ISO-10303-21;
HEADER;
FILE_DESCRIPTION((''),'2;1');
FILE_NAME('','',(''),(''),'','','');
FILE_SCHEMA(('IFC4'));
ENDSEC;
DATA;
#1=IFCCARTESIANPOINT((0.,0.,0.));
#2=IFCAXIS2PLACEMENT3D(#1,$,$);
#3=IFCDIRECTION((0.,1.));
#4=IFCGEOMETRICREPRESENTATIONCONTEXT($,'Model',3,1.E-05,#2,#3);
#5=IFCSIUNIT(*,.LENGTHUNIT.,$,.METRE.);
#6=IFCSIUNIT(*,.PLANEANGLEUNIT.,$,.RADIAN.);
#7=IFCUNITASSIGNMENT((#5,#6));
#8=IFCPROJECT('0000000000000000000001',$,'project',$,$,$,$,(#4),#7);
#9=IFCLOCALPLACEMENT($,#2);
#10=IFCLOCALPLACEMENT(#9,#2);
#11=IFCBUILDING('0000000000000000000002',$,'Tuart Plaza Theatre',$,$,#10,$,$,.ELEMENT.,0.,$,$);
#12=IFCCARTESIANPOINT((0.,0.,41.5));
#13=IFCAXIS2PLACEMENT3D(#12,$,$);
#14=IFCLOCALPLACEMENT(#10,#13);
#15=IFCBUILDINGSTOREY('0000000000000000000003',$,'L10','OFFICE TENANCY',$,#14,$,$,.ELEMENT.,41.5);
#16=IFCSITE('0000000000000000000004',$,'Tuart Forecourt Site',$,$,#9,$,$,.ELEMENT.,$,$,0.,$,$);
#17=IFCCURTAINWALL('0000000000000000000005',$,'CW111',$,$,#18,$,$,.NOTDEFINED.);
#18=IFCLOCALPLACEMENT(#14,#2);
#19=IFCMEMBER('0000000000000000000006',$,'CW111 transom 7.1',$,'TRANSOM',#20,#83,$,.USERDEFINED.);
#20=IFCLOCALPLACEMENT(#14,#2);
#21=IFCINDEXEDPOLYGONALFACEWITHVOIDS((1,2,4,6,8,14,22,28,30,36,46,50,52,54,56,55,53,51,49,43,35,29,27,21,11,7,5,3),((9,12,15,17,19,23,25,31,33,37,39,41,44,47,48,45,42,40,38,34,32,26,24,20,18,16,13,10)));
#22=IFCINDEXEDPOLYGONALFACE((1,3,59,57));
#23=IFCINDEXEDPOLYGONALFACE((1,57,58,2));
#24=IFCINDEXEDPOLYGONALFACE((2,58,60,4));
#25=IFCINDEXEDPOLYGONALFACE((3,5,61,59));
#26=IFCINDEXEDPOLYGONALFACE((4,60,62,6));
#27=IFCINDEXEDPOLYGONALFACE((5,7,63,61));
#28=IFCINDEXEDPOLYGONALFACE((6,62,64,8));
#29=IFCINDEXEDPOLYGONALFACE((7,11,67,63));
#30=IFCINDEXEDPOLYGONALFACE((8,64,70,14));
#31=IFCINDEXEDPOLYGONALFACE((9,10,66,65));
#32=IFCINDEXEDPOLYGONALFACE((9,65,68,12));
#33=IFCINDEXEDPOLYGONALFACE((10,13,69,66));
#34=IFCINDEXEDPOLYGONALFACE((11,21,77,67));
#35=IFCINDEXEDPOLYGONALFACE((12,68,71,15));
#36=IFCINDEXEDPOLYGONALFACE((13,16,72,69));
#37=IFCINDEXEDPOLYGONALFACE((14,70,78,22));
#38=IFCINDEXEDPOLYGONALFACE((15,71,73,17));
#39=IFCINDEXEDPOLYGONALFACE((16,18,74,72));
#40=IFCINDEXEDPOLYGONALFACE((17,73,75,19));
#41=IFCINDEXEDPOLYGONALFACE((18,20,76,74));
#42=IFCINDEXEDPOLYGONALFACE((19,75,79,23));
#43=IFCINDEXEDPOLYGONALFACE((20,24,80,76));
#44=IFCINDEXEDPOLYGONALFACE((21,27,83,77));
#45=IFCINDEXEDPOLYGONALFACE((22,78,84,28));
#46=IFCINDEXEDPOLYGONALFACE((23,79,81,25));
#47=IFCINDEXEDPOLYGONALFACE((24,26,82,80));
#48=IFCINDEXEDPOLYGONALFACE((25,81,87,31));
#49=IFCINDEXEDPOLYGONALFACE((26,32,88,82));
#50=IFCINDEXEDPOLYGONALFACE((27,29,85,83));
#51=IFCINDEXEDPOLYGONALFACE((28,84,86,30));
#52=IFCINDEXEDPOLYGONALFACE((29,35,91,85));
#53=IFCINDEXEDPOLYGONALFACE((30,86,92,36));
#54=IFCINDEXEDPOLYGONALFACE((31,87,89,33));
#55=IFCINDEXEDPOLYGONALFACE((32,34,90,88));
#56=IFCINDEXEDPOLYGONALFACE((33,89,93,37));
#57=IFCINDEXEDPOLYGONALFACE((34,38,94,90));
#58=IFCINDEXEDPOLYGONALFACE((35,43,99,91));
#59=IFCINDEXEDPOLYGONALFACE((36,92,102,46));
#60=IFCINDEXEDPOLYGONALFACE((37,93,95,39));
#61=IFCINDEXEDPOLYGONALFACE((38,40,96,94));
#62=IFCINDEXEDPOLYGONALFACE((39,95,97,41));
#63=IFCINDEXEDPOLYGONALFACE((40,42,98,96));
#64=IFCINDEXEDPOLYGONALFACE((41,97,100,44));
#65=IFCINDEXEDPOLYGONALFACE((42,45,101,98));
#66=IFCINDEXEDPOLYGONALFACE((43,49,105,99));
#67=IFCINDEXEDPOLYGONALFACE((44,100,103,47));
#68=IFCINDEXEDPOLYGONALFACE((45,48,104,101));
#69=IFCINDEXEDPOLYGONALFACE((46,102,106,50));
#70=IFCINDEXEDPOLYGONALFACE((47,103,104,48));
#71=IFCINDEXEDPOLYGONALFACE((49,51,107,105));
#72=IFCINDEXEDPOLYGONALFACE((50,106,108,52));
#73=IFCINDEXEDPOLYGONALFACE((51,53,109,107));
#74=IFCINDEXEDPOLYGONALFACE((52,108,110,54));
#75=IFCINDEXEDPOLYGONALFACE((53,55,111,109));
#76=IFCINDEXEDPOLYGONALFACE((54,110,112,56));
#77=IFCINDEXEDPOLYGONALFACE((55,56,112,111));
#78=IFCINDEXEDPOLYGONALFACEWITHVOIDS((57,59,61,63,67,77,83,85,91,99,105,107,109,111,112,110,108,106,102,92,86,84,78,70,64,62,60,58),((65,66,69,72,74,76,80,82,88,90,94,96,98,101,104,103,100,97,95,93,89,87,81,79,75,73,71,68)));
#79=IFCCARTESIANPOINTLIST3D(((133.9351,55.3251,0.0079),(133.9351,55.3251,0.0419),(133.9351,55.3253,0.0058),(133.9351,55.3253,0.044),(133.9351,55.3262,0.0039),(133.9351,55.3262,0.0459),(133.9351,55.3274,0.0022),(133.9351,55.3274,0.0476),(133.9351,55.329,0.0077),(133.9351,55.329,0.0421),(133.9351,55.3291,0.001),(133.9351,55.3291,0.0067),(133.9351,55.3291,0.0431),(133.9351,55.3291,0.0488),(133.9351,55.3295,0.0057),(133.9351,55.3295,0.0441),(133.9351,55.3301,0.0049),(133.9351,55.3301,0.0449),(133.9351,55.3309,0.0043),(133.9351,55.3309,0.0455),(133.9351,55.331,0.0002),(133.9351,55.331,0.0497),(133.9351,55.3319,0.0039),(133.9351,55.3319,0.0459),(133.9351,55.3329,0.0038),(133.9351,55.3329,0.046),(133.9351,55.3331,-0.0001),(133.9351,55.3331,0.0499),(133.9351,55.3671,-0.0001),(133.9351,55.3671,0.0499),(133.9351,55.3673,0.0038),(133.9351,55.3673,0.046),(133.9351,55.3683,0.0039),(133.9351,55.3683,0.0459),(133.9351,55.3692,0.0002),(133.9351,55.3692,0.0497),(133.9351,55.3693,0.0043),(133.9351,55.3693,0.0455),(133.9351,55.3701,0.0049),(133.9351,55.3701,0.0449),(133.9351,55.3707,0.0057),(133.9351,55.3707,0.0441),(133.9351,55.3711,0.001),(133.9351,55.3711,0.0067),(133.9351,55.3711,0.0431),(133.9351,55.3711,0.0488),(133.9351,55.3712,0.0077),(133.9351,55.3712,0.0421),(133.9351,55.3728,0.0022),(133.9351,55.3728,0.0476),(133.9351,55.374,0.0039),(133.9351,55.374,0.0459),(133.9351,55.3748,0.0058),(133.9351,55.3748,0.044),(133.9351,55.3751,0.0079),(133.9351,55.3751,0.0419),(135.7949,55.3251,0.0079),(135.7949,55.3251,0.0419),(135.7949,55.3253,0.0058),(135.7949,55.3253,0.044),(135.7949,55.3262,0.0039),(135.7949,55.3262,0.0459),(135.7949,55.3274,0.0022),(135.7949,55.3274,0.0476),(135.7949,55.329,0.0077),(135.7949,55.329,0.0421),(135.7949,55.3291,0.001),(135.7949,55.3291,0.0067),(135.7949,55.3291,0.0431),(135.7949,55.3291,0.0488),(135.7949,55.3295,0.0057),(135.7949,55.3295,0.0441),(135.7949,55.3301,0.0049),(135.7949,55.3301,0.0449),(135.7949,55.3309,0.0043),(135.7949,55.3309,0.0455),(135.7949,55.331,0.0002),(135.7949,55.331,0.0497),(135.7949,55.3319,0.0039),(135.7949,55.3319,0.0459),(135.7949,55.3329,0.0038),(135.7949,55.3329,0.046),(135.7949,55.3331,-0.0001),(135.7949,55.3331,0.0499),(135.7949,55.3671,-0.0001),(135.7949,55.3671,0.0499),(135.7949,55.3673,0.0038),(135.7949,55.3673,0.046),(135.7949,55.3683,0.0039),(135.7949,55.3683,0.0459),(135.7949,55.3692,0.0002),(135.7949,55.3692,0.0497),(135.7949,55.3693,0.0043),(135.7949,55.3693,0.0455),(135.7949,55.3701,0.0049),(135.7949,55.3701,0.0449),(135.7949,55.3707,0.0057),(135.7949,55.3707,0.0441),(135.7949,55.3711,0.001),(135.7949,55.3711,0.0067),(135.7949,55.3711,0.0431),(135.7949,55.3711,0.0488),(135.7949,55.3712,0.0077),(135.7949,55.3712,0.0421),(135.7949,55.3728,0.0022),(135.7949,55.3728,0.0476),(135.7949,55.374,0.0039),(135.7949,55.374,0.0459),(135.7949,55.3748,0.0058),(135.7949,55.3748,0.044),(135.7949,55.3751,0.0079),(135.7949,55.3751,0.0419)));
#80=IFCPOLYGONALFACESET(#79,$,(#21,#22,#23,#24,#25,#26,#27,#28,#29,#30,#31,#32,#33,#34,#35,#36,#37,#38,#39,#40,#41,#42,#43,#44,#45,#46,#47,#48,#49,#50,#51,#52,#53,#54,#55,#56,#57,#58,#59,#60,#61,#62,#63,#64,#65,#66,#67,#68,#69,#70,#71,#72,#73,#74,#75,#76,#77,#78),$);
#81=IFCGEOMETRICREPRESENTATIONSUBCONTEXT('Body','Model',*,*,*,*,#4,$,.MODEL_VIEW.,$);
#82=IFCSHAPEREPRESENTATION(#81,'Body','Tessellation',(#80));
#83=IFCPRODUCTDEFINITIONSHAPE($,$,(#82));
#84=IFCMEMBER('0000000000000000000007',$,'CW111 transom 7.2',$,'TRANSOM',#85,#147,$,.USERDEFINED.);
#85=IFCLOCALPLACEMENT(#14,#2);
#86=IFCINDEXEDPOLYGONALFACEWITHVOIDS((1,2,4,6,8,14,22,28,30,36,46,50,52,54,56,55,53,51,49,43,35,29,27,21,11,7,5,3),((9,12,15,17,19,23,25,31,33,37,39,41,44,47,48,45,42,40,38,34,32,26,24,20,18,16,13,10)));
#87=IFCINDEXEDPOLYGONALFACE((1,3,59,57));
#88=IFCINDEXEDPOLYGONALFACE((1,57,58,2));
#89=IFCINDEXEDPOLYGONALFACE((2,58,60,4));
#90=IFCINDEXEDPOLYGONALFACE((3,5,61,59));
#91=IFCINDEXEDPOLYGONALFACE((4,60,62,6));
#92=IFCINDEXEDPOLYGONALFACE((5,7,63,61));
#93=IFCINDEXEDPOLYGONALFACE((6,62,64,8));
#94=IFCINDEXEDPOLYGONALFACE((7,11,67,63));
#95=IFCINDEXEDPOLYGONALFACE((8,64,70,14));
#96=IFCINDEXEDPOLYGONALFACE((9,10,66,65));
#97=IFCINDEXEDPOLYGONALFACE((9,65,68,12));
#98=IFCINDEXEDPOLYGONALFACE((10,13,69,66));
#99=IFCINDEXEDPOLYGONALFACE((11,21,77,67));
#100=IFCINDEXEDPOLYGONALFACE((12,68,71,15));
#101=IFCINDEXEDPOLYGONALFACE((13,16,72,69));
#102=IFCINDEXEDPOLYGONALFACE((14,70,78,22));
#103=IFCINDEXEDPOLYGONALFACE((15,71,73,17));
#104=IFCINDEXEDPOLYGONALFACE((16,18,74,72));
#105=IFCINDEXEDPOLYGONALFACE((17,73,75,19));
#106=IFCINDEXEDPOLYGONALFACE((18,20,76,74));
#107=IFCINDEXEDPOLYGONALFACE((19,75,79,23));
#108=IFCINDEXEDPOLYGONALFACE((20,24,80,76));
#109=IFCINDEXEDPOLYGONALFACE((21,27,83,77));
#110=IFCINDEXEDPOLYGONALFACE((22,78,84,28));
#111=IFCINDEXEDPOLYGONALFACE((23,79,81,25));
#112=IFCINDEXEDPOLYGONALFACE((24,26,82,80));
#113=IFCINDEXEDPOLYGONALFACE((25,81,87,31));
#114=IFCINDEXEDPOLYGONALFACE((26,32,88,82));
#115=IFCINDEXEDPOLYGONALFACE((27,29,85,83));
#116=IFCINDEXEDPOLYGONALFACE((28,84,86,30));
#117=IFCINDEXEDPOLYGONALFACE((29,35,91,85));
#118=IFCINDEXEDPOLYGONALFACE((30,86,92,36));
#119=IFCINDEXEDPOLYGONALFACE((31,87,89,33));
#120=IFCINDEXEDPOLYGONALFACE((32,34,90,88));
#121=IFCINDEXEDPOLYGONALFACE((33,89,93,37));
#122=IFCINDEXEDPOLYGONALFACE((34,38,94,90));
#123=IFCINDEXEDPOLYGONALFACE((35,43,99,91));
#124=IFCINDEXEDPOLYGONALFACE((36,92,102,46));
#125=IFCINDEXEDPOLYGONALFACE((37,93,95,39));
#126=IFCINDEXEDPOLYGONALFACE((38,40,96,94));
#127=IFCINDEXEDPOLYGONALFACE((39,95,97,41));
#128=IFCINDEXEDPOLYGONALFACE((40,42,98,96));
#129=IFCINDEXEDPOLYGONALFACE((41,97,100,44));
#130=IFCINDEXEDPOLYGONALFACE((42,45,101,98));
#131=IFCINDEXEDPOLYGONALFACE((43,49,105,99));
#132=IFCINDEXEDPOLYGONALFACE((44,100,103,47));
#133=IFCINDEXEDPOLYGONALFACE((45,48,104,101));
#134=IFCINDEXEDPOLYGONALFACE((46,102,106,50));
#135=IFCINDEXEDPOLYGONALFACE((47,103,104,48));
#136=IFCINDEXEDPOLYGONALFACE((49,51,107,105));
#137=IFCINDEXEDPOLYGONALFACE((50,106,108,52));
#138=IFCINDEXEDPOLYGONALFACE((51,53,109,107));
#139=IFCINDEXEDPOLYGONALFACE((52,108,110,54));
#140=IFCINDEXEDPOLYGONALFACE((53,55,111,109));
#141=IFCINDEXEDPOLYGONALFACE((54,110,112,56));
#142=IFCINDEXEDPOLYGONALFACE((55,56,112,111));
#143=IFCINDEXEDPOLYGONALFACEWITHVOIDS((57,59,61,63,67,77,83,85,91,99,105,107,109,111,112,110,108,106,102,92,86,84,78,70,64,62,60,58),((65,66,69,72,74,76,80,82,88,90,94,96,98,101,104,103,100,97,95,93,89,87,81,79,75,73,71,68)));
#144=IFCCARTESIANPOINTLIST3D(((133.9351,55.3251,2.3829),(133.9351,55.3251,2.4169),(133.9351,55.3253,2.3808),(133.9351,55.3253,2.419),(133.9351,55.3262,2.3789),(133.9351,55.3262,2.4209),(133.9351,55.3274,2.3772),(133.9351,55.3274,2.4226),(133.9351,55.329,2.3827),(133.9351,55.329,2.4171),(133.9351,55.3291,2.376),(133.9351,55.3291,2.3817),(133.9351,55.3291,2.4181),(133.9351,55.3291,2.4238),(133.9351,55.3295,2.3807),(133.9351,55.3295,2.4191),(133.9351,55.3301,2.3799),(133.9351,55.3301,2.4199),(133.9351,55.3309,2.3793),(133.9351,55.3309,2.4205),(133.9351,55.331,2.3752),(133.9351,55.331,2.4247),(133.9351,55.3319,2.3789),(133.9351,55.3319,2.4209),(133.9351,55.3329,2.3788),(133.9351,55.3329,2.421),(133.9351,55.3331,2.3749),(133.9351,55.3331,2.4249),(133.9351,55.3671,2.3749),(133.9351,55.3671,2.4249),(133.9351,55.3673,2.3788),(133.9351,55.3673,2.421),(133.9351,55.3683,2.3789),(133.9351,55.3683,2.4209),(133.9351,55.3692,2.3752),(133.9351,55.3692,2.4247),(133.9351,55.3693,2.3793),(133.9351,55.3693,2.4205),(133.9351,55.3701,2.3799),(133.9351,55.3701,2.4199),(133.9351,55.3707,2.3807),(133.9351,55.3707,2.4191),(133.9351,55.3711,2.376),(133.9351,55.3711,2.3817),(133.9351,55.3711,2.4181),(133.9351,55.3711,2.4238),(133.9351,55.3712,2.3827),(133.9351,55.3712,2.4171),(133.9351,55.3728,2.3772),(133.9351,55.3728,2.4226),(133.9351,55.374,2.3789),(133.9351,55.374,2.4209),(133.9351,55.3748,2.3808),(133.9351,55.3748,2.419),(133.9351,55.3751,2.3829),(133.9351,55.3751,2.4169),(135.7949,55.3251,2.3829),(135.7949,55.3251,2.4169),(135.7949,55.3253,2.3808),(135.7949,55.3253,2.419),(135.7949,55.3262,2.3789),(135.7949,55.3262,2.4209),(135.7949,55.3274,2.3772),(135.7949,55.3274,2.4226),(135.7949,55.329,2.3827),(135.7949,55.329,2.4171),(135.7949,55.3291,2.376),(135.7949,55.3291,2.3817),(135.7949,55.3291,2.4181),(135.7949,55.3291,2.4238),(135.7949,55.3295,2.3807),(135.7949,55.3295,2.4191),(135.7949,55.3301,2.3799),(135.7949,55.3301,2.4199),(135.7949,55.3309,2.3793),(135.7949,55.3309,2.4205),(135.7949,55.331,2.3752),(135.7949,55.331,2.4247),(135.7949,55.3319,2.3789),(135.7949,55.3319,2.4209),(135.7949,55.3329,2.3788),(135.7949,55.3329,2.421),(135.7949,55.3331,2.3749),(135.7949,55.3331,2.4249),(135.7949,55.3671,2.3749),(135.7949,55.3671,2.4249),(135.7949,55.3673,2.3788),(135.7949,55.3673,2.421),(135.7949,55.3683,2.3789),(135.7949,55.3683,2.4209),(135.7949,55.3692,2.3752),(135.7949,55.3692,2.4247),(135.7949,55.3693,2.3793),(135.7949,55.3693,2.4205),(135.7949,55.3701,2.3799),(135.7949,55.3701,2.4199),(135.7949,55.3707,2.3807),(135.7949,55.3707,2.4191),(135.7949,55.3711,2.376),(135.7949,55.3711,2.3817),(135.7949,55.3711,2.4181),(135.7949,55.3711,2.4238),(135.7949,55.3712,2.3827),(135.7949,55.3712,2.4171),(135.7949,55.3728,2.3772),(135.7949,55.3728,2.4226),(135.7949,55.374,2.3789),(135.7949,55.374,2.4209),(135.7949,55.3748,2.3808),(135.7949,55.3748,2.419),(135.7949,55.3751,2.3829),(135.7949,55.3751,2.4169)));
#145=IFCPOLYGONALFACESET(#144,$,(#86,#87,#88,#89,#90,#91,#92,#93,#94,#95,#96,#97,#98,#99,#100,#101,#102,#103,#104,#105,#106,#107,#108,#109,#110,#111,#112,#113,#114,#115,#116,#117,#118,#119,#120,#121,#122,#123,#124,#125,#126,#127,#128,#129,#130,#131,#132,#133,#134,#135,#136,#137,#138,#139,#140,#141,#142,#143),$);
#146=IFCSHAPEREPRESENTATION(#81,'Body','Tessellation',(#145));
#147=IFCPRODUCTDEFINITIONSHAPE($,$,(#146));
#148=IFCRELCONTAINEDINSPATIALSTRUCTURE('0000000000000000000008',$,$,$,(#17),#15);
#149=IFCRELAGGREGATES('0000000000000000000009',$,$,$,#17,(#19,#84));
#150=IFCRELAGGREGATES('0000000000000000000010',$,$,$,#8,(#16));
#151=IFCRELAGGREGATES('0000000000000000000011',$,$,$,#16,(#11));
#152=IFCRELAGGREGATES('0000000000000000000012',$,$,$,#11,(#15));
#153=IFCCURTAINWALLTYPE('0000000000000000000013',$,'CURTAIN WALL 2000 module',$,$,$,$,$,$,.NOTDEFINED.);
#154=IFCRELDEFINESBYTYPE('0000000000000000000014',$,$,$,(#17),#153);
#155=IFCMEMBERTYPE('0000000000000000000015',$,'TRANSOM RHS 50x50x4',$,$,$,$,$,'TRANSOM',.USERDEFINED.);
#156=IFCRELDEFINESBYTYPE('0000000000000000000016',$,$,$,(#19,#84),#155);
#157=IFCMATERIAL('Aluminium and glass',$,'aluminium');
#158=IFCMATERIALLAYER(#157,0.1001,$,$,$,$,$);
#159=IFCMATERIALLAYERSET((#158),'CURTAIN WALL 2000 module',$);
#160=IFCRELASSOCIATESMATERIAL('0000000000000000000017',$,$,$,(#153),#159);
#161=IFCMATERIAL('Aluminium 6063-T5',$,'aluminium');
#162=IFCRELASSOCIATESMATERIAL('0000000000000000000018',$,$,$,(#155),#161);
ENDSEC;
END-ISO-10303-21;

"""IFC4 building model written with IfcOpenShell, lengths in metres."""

from ifc_helpers import new_model, si_unit, direction, frame, origin, origin_2d, place, context, subcontext, project, spatial, hollow_rectangle, extrude, material, layer, layer_set, material_profile, profile_set, type_object, element, aggregate, save


model = new_model("IFC4")

# Units and contexts
model_context = context("Model", 3, precision=1e-05, world=origin(), true_north=direction((0.0, 1.0)))
body_context = subcontext(model_context, "Body", "Model", "MODEL_VIEW")
ifc_project = project(units=[si_unit("LENGTHUNIT", "METRE"), si_unit("PLANEANGLEUNIT", "RADIAN")], contexts=[model_context])

# Site, building, storey
site_placement = place(None, origin())
site = spatial("IfcSite", under=ifc_project, at=site_placement, Name="Tuart Forecourt Site", CompositionType="ELEMENT", RefElevation=0.0)
building_placement = place(site_placement, origin())
building = spatial("IfcBuilding", under=site, at=building_placement, Name="Tuart Plaza Theatre", CompositionType="ELEMENT", ElevationOfRefHeight=0.0)
storey_placement = place(building_placement, frame((0.0, 0.0, 41.5)))
storey = spatial("IfcBuildingStorey", under=building, at=storey_placement, Name="L10", Description="OFFICE TENANCY", CompositionType="ELEMENT", Elevation=41.5)

# Curtain wall, members
ifc_material_1 = material(Name="Aluminium and glass", Category="aluminium")
ifc_layer_1 = layer(ifc_material_1, 0.1001)
ifc_layer_set_1 = layer_set([ifc_layer_1], Name="CURTAIN WALL 2000 module")
curtain_wall_type = type_object("IfcCurtainWallType", Name="CURTAIN WALL 2000 module", PredefinedType="NOTDEFINED", material=ifc_layer_set_1)
curtain_wall_placement = place(storey_placement, origin())
curtain_wall = element("IfcCurtainWall", 1, at=curtain_wall_placement, inside=storey, type_object=curtain_wall_type, Name="CW111", PredefinedType="NOTDEFINED")
ifc_material_2 = material(Name="Aluminium 6063-T5", Category="aluminium")
ifc_material_profile_1 = material_profile(ifc_material_2, hollow_rectangle(XDim=0.05, YDim=0.05, WallThickness=0.0039, InnerFilletRadius=0.0039, OuterFilletRadius=0.0081, at=origin_2d()), Name="RHS 50x50x4")
ifc_profile_set_1 = profile_set([ifc_material_profile_1], Name="Aluminium 6063-T5")
member_type_1 = type_object("IfcMemberType", Name="TRANSOM RHS 50x50x4", ElementType="TRANSOM", PredefinedType="USERDEFINED", material=ifc_profile_set_1)
member_1_placement = place(storey_placement, frame((133.9351, 55.3501, 0.0249), z_axis=(1.0, 0.0, 0.0), x_axis=(0.0, 1.0, 0.0)))
member_1 = element("IfcMember", 2, at=member_1_placement, type_object=member_type_1, Name="CW111 transom 7.1", ObjectType="TRANSOM", PredefinedType="USERDEFINED", context=body_context, shape_type="SweptSolid", body=[
    extrude(hollow_rectangle(XDim=0.05, YDim=0.05, WallThickness=0.0039, InnerFilletRadius=0.0039, OuterFilletRadius=0.0081, at=origin_2d()), origin(), (0.0, 0.0, 1.0), 1.8599),
])
member_2_placement = place(storey_placement, frame((133.9351, 55.3501, 2.3999), z_axis=(1.0, 0.0, 0.0), x_axis=(0.0, 1.0, 0.0)))
member_2 = element("IfcMember", 3, at=member_2_placement, type_object=member_type_1, Name="CW111 transom 7.2", ObjectType="TRANSOM", PredefinedType="USERDEFINED", context=body_context, shape_type="SweptSolid", body=[
    extrude(hollow_rectangle(XDim=0.05, YDim=0.05, WallThickness=0.0039, InnerFilletRadius=0.0039, OuterFilletRadius=0.0081, at=origin_2d()), origin(), (0.0, 0.0, 1.0), 1.8599),
])
aggregate(curtain_wall, [member_1, member_2])

save(model, "model.ifc")
